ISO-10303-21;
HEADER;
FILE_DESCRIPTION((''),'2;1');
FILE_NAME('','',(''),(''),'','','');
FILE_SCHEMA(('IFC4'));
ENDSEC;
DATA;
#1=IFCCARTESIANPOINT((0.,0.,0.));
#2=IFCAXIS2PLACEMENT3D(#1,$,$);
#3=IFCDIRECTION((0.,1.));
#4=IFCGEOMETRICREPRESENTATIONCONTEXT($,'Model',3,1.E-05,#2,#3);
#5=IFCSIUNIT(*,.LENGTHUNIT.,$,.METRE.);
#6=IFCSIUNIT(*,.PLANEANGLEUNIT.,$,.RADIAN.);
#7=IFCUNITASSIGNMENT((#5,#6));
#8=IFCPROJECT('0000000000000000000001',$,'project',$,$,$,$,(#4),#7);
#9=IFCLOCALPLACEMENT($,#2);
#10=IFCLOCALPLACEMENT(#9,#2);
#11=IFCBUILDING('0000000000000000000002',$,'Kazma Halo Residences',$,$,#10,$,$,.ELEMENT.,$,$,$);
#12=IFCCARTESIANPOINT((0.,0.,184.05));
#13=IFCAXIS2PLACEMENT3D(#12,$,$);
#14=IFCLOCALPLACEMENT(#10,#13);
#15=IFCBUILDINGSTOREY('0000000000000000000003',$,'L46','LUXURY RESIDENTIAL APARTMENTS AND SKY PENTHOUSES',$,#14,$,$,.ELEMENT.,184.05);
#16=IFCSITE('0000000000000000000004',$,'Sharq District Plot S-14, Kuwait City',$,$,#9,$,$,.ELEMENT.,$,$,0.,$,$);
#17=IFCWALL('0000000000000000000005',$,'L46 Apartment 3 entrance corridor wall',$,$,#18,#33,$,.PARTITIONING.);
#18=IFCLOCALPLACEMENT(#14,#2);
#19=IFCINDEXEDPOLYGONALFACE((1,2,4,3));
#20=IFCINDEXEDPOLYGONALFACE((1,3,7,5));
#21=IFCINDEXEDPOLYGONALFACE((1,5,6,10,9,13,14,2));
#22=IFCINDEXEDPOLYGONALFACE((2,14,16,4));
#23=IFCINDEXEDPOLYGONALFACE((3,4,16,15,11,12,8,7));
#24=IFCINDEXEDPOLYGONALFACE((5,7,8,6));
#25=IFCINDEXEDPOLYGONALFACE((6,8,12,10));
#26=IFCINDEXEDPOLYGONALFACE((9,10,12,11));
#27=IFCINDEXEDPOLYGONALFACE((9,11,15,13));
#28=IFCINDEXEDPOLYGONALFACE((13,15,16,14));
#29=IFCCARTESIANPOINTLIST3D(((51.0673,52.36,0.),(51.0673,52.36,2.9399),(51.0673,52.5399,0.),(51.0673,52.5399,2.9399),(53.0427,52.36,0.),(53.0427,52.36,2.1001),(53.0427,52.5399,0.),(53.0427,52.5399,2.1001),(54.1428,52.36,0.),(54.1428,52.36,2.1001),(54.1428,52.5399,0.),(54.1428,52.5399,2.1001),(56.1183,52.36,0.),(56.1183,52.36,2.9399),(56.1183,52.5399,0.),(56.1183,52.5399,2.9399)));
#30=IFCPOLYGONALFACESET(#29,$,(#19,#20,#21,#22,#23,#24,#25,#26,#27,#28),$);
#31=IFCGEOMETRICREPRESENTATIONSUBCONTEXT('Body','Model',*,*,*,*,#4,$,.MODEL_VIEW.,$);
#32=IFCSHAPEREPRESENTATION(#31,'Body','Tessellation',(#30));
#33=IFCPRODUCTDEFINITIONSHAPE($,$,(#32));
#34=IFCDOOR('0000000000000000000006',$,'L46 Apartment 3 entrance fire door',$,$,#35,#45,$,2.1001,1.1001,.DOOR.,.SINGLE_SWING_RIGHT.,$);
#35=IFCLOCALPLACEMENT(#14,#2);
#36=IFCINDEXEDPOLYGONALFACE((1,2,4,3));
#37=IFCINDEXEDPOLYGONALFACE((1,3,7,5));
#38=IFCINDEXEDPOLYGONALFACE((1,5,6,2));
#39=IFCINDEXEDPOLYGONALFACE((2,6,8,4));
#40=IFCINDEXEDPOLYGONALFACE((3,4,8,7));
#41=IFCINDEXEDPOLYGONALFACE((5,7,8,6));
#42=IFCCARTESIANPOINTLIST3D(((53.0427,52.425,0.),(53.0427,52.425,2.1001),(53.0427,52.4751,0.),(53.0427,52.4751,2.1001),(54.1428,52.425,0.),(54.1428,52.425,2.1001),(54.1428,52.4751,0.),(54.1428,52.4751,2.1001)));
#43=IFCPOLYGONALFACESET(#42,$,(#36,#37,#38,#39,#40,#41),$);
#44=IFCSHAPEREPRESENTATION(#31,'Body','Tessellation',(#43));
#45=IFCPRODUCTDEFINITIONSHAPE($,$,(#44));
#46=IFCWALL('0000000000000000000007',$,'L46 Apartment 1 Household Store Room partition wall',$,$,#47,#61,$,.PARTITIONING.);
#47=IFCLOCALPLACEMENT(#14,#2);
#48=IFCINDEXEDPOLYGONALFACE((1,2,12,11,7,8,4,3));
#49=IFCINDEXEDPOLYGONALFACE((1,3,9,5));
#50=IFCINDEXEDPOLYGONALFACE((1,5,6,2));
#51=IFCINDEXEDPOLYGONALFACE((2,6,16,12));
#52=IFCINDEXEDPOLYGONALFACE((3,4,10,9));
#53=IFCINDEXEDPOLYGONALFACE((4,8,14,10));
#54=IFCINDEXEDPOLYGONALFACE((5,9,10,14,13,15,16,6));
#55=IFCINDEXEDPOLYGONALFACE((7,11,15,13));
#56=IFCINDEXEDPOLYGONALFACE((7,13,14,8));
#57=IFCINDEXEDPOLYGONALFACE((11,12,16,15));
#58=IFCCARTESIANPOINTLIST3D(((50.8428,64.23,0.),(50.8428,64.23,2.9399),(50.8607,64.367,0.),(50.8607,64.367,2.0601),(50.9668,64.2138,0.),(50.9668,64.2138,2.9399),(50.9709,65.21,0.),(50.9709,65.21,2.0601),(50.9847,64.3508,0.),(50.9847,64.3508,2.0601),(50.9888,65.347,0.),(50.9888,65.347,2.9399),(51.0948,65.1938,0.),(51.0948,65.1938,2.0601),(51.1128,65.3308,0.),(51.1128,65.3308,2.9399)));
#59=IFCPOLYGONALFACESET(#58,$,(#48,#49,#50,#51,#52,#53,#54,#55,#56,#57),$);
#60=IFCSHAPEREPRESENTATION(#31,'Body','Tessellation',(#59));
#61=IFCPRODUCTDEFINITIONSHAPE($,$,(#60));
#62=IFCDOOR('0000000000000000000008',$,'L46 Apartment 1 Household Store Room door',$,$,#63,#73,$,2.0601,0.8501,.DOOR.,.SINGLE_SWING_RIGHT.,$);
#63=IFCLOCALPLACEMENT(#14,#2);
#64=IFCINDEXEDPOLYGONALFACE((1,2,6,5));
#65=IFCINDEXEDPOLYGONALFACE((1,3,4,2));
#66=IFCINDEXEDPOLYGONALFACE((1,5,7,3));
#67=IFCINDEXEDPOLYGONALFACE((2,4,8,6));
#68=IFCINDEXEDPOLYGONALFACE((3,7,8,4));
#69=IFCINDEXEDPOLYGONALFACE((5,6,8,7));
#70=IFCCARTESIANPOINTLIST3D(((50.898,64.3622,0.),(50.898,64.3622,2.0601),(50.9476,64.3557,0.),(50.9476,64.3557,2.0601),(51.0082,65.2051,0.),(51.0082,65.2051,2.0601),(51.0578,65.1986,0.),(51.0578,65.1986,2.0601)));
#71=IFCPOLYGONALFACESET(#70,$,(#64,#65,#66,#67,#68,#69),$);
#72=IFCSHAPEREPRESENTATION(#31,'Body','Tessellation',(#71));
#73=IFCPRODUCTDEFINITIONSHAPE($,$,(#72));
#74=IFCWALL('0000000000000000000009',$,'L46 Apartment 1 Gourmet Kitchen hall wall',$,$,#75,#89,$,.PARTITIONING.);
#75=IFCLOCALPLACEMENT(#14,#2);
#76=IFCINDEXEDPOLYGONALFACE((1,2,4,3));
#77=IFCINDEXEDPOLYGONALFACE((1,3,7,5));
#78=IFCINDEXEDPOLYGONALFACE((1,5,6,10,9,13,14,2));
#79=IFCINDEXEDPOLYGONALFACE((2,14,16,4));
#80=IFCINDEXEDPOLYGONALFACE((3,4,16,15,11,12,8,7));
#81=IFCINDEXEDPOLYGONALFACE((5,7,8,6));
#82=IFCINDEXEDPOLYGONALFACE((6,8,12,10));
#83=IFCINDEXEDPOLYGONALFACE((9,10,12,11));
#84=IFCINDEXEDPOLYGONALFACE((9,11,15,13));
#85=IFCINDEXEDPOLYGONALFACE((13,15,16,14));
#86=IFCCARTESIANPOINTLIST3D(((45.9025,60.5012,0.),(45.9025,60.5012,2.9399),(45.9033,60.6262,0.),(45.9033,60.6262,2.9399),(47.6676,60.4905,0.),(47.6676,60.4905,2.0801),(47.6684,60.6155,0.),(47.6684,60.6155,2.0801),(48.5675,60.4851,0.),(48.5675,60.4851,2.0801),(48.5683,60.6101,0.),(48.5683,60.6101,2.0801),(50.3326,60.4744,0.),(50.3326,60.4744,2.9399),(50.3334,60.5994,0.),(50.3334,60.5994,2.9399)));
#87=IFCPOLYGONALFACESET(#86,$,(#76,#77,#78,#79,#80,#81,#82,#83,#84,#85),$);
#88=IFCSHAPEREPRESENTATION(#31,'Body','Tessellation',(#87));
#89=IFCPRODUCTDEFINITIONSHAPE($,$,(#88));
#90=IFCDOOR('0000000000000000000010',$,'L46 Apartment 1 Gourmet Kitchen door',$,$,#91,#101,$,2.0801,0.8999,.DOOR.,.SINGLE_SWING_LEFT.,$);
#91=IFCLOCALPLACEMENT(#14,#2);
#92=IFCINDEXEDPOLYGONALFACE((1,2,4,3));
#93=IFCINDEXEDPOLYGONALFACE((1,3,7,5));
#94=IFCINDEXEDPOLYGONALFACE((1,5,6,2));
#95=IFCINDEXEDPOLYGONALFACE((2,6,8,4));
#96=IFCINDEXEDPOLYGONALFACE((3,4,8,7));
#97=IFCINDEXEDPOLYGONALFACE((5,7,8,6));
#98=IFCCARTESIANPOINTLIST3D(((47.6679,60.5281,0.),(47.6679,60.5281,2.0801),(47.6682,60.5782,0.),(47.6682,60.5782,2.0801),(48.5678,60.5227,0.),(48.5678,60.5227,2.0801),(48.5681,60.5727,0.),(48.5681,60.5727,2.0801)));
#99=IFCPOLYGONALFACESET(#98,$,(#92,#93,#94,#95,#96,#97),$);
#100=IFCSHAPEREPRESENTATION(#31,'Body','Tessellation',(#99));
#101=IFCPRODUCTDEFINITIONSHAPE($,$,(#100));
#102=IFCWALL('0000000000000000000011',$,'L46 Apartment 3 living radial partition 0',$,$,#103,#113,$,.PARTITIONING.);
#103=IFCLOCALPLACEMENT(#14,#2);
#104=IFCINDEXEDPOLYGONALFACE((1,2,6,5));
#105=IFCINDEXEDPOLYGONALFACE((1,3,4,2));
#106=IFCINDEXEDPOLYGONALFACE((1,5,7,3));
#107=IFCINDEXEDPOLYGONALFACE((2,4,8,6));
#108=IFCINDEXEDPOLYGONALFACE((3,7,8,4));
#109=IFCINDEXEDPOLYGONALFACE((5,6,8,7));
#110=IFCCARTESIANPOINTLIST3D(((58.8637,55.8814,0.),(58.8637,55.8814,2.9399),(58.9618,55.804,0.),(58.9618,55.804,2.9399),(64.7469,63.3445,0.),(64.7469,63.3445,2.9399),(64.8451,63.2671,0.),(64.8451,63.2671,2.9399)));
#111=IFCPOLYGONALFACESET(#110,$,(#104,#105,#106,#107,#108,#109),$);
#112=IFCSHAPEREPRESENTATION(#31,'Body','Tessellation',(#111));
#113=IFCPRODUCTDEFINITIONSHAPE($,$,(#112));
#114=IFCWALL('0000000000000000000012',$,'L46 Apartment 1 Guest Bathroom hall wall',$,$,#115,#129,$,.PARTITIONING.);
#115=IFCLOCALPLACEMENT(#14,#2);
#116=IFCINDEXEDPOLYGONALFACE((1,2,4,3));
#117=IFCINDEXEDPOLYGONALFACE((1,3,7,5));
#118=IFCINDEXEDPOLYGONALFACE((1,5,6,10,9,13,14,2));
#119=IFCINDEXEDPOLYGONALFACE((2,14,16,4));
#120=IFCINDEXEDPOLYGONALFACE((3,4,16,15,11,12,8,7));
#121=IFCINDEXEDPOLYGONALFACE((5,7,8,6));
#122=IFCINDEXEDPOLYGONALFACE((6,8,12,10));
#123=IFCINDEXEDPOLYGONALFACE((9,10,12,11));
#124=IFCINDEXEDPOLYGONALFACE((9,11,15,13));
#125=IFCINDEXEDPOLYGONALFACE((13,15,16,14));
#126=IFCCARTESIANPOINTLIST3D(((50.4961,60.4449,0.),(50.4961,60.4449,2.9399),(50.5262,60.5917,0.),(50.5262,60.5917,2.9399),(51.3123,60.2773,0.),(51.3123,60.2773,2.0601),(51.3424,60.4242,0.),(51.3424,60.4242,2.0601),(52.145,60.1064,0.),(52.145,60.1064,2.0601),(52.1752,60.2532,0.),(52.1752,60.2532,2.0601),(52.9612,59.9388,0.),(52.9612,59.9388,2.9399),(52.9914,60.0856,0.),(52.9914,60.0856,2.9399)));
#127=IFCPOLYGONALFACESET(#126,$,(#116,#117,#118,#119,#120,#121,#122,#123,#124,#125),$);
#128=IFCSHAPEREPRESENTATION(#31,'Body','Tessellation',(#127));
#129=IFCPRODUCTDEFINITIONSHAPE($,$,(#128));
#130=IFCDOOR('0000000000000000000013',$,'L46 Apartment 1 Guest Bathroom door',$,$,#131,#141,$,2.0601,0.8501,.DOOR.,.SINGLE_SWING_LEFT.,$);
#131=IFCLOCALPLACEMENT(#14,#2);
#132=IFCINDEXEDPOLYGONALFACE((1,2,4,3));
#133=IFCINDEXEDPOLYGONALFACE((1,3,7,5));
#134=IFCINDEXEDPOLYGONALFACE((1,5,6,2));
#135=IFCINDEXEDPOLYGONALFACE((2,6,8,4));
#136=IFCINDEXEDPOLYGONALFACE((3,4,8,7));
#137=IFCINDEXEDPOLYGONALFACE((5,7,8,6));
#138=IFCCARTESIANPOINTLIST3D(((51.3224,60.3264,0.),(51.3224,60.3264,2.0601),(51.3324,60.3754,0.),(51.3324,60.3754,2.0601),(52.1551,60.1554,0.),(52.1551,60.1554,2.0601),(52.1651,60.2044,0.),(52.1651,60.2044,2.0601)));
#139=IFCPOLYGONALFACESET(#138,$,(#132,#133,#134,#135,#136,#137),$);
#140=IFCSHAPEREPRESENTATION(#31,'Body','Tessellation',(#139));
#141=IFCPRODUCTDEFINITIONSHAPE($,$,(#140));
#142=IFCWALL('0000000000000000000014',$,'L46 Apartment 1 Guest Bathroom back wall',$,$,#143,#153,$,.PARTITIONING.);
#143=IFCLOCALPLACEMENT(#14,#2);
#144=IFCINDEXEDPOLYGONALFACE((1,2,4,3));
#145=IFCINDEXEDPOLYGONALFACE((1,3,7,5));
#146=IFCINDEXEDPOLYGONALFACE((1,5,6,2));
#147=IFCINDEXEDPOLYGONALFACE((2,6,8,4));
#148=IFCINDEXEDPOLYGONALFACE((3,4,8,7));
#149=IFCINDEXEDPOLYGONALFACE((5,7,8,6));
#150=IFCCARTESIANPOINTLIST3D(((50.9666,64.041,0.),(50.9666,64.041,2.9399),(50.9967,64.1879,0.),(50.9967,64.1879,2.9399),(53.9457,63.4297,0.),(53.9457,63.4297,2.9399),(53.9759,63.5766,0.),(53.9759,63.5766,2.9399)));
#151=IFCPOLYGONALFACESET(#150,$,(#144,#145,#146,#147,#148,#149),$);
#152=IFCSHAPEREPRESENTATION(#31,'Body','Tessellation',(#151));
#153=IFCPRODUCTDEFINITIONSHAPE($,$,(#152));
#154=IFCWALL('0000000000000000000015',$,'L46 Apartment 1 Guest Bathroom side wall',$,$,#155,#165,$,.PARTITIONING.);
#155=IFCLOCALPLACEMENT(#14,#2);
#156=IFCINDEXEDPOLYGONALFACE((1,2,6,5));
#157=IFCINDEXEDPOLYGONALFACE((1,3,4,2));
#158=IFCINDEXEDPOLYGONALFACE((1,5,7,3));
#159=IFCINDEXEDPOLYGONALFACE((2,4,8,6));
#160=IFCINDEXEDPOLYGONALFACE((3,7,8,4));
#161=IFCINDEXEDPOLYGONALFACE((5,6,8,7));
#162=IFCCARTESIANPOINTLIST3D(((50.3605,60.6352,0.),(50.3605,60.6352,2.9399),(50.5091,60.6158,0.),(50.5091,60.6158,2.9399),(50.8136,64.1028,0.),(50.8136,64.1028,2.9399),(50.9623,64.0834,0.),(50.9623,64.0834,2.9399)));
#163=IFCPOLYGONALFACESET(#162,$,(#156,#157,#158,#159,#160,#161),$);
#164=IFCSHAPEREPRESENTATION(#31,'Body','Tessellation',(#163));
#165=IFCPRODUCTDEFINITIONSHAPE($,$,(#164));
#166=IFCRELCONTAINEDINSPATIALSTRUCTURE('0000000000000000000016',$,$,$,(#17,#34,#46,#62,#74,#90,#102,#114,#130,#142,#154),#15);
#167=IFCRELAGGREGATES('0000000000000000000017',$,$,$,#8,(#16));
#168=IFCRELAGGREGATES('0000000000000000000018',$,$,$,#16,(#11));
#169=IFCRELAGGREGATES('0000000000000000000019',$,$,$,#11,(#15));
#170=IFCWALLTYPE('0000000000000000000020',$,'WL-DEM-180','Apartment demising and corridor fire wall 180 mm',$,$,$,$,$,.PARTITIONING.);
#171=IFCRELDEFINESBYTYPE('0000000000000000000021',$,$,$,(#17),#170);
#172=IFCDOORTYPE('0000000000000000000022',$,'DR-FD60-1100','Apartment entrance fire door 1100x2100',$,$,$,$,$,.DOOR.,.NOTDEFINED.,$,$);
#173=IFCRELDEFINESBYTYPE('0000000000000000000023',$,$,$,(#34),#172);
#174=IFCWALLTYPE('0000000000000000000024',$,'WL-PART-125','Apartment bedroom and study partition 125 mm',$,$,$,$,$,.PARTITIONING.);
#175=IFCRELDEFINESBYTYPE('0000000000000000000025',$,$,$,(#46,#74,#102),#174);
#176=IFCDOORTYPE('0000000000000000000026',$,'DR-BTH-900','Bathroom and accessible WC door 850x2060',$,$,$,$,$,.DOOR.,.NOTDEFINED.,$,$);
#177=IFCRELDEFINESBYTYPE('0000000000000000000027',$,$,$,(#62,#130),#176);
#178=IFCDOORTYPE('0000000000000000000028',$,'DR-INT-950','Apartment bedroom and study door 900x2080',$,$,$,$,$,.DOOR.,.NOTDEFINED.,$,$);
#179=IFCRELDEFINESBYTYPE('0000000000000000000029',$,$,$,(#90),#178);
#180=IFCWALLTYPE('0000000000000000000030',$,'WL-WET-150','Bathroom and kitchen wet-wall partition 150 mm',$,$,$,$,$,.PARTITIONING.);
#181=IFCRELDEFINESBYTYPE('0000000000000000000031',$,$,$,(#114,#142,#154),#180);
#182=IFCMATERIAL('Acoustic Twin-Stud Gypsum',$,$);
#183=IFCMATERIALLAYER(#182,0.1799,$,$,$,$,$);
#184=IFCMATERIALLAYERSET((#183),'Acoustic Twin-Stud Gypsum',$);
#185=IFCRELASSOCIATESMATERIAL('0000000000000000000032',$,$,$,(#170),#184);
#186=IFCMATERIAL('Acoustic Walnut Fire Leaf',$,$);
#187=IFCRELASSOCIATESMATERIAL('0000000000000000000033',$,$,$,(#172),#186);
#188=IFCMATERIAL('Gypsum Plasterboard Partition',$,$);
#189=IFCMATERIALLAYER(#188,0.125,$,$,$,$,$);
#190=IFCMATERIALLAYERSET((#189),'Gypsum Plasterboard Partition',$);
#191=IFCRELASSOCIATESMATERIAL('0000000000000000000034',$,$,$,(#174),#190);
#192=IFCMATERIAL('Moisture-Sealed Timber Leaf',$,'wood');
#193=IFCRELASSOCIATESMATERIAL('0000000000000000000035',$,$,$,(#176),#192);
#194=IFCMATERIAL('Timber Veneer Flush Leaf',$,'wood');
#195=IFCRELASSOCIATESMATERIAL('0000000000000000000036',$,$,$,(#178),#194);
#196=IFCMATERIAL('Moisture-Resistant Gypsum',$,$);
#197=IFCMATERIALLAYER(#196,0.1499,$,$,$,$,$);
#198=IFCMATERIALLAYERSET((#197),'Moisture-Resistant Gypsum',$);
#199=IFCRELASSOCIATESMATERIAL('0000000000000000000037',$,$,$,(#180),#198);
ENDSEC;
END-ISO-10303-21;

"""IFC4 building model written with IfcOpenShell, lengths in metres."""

from ifc_helpers import new_model, si_unit, direction, frame, frame_2d, origin, place, context, subcontext, project, spatial, rectangle, extrude, material, layer, layer_set, type_object, element, fill, save


model = new_model("IFC4")

# Units and contexts
model_context = context("Model", 3, precision=1e-05, world=origin(), true_north=direction((0.0, 1.0)))
body_context = subcontext(model_context, "Body", "Model", "MODEL_VIEW")
ifc_project = project(units=[si_unit("LENGTHUNIT", "METRE"), si_unit("PLANEANGLEUNIT", "RADIAN")], contexts=[model_context])

# Site, building, storey
site_placement = place(None, origin())
site = spatial("IfcSite", under=ifc_project, at=site_placement, Name="Sharq District Plot S-14, Kuwait City", CompositionType="ELEMENT", RefElevation=0.0)
building_placement = place(site_placement, origin())
building = spatial("IfcBuilding", under=site, at=building_placement, Name="Kazma Halo Residences", CompositionType="ELEMENT")
storey_placement = place(building_placement, frame((0.0, 0.0, 184.05)))
storey = spatial("IfcBuildingStorey", under=building, at=storey_placement, Name="L46", Description="LUXURY RESIDENTIAL APARTMENTS AND SKY PENTHOUSES", CompositionType="ELEMENT", Elevation=184.05)

# Shared definitions
ifc_material_1 = material(Name="Acoustic Twin-Stud Gypsum")
ifc_layer_1 = layer(ifc_material_1, 0.1799)
ifc_layer_set_1 = layer_set([ifc_layer_1], Name="Acoustic Twin-Stud Gypsum")
wall_type_1 = type_object("IfcWallType", Name="WL-DEM-180", Description="Apartment demising and corridor fire wall 180 mm", PredefinedType="PARTITIONING", material=ifc_layer_set_1)

# Walls, openings, doors
wall_1_placement = place(storey_placement, frame((56.1182, 52.45, 0.0), z_axis=(0.0, 0.0, 1.0), x_axis=(-1.0, 0.0, 0.0)))
wall_1 = element("IfcWall", 1, at=wall_1_placement, inside=storey, type_object=wall_type_1, Name="L46 Apartment 3 entrance corridor wall", PredefinedType="PARTITIONING", context=body_context, shape_type="SweptSolid", body=[
    extrude(rectangle(XDim=5.051, YDim=0.1799, at=frame_2d((2.5254, 0.0))), origin(), (0.0, 0.0, 1.0), 2.9399),
])
opening_1_placement = place(wall_1_placement, frame((1.9753, 0.0, 0.0)))
opening_1 = element("IfcOpeningElement", 2, at=opening_1_placement, cuts=wall_1, PredefinedType="OPENING", context=body_context, shape_type="SweptSolid", body=[
    extrude(rectangle(XDim=1.1001, YDim=2.1001, at=frame_2d((0.55, 1.05))), frame((0.0, 0.0999, 0.0), z_axis=(0.0, -1.0, 0.0), x_axis=(1.0, 0.0, 0.0)), (0.0, 0.0, 1.0), 0.2),
])
ifc_material_2 = material(Name="Acoustic Walnut Fire Leaf")
door_type_1 = type_object("IfcDoorType", Name="DR-FD60-1100", Description="Apartment entrance fire door 1100x2100", OperationType="NOTDEFINED", PredefinedType="DOOR", material=ifc_material_2)
door_1_placement = place(opening_1_placement, origin())
door_1 = element("IfcDoor", 3, at=door_1_placement, inside=storey, type_object=door_type_1, Name="L46 Apartment 3 entrance fire door", OperationType="SINGLE_SWING_RIGHT", OverallHeight=2.1001, OverallWidth=1.1001, PredefinedType="DOOR", context=body_context, shape_type="SweptSolid", body=[
    extrude(rectangle(XDim=1.1001, YDim=2.1001, at=frame_2d((0.55, 1.05))), frame((0.0, 0.0249, 0.0), z_axis=(0.0, -1.0, 0.0), x_axis=(1.0, 0.0, 0.0)), (0.0, 0.0, 1.0), 0.05),
])
fill(opening_1, door_1)
ifc_material_3 = material(Name="Gypsum Plasterboard Partition")
ifc_layer_2 = layer(ifc_material_3, 0.125)
ifc_layer_set_2 = layer_set([ifc_layer_2], Name="Gypsum Plasterboard Partition")
wall_type_2 = type_object("IfcWallType", Name="WL-PART-125", Description="Apartment bedroom and study partition 125 mm", PredefinedType="PARTITIONING", material=ifc_layer_set_2)
wall_2_placement = place(storey_placement, frame((50.9048, 64.2219, 0.0), z_axis=(0.0, 0.0, 1.0), x_axis=(0.129608, 0.991565, 0.0)))
wall_2 = element("IfcWall", 4, at=wall_2_placement, inside=storey, type_object=wall_type_2, Name="L46 Apartment 1 Household Store Room partition wall", PredefinedType="PARTITIONING", context=body_context, shape_type="SweptSolid", body=[
    extrude(rectangle(XDim=1.1265, YDim=0.125, at=frame_2d((0.5632, 0.0))), origin(), (0.0, 0.0, 1.0), 2.9399),
])
opening_2_placement = place(wall_2_placement, frame((0.1382, 0.0, 0.0)))
opening_2 = element("IfcOpeningElement", 5, at=opening_2_placement, cuts=wall_2, PredefinedType="OPENING", context=body_context, shape_type="SweptSolid", body=[
    extrude(rectangle(XDim=0.8501, YDim=2.0601, at=frame_2d((0.425, 1.03))), frame((0.0, 0.0725, 0.0), z_axis=(0.0, -1.0, 0.0), x_axis=(1.0, 0.0, 0.0)), (0.0, 0.0, 1.0), 0.145),
])
ifc_material_4 = material(Name="Moisture-Sealed Timber Leaf", Category="wood")
door_type_2 = type_object("IfcDoorType", Name="DR-BTH-900", Description="Bathroom and accessible WC door 850x2060", OperationType="NOTDEFINED", PredefinedType="DOOR", material=ifc_material_4)
door_2_placement = place(opening_2_placement, origin())
door_2 = element("IfcDoor", 6, at=door_2_placement, inside=storey, type_object=door_type_2, Name="L46 Apartment 1 Household Store Room door", OperationType="SINGLE_SWING_RIGHT", OverallHeight=2.0601, OverallWidth=0.8501, PredefinedType="DOOR", context=body_context, shape_type="SweptSolid", body=[
    extrude(rectangle(XDim=0.8501, YDim=2.0601, at=frame_2d((0.425, 1.03))), frame((0.0, 0.0249, 0.0), z_axis=(0.0, -1.0, 0.0), x_axis=(1.0, 0.0, 0.0)), (0.0, 0.0, 1.0), 0.05),
])
fill(opening_2, door_2)
wall_3_placement = place(storey_placement, frame((50.333, 60.5369, 0.0), z_axis=(0.0, 0.0, 1.0), x_axis=(-0.999982, 0.006062, 0.0)))
wall_3 = element("IfcWall", 7, at=wall_3_placement, inside=storey, type_object=wall_type_2, Name="L46 Apartment 1 Gourmet Kitchen hall wall", PredefinedType="PARTITIONING", context=body_context, shape_type="SweptSolid", body=[
    extrude(rectangle(XDim=4.4302, YDim=0.125, at=frame_2d((2.2151, 0.0))), origin(), (0.0, 0.0, 1.0), 2.9399),
])
opening_3_placement = place(wall_3_placement, frame((1.7651, 0.0, 0.0)))
opening_3 = element("IfcOpeningElement", 8, at=opening_3_placement, cuts=wall_3, PredefinedType="OPENING", context=body_context, shape_type="SweptSolid", body=[
    extrude(rectangle(XDim=0.8999, YDim=2.0801, at=frame_2d((0.45, 1.04))), frame((0.0, 0.0725, 0.0), z_axis=(0.0, -1.0, 0.0), x_axis=(1.0, 0.0, 0.0)), (0.0, 0.0, 1.0), 0.145),
])
ifc_material_5 = material(Name="Timber Veneer Flush Leaf", Category="wood")
door_type_3 = type_object("IfcDoorType", Name="DR-INT-950", Description="Apartment bedroom and study door 900x2080", OperationType="NOTDEFINED", PredefinedType="DOOR", material=ifc_material_5)
door_3_placement = place(opening_3_placement, origin())
door_3 = element("IfcDoor", 9, at=door_3_placement, inside=storey, type_object=door_type_3, Name="L46 Apartment 1 Gourmet Kitchen door", OperationType="SINGLE_SWING_LEFT", OverallHeight=2.0801, OverallWidth=0.8999, PredefinedType="DOOR", context=body_context, shape_type="SweptSolid", body=[
    extrude(rectangle(XDim=0.8999, YDim=2.0801, at=frame_2d((0.45, 1.04))), frame((0.0, 0.0249, 0.0), z_axis=(0.0, -1.0, 0.0), x_axis=(1.0, 0.0, 0.0)), (0.0, 0.0, 1.0), 0.05),
])
fill(opening_3, door_3)

# Wall
wall_4_placement = place(storey_placement, frame((58.9128, 55.8428, 0.0), z_axis=(0.0, 0.0, 1.0), x_axis=(0.619084, 0.785325, 0.0)))
element("IfcWall", 10, at=wall_4_placement, inside=storey, type_object=wall_type_2, Name="L46 Apartment 3 living radial partition 0", PredefinedType="PARTITIONING", context=body_context, shape_type="SweptSolid", body=[
    extrude(rectangle(XDim=9.5032, YDim=0.125, at=frame_2d((4.7515, 0.0))), origin(), (0.0, 0.0, 1.0), 2.9399),
])

# Wall, opening, door
ifc_material_6 = material(Name="Moisture-Resistant Gypsum")
ifc_layer_3 = layer(ifc_material_6, 0.1499)
ifc_layer_set_3 = layer_set([ifc_layer_3], Name="Moisture-Resistant Gypsum")
wall_type_3 = type_object("IfcWallType", Name="WL-WET-150", Description="Bathroom and kitchen wet-wall partition 150 mm", PredefinedType="PARTITIONING", material=ifc_layer_set_3)
wall_5_placement = place(storey_placement, frame((52.9763, 60.0122, 0.0), z_axis=(0.0, 0.0, 1.0), x_axis=(-0.979568, 0.201114, 0.0)))
wall_5 = element("IfcWall", 11, at=wall_5_placement, inside=storey, type_object=wall_type_3, Name="L46 Apartment 1 Guest Bathroom hall wall", PredefinedType="PARTITIONING", context=body_context, shape_type="SweptSolid", body=[
    extrude(rectangle(XDim=2.5166, YDim=0.1499, at=frame_2d((1.2583, 0.0))), origin(), (0.0, 0.0, 1.0), 2.9399),
])
opening_4_placement = place(wall_5_placement, frame((0.8333, 0.0, 0.0)))
opening_4 = element("IfcOpeningElement", 12, at=opening_4_placement, cuts=wall_5, PredefinedType="OPENING", context=body_context, shape_type="SweptSolid", body=[
    extrude(rectangle(XDim=0.8501, YDim=2.0601, at=frame_2d((0.425, 1.03))), frame((0.0, 0.085, 0.0), z_axis=(0.0, -1.0, 0.0), x_axis=(1.0, 0.0, 0.0)), (0.0, 0.0, 1.0), 0.1699),
])
door_4_placement = place(opening_4_placement, origin())
door_4 = element("IfcDoor", 13, at=door_4_placement, inside=storey, type_object=door_type_2, Name="L46 Apartment 1 Guest Bathroom door", OperationType="SINGLE_SWING_LEFT", OverallHeight=2.0601, OverallWidth=0.8501, PredefinedType="DOOR", context=body_context, shape_type="SweptSolid", body=[
    extrude(rectangle(XDim=0.8501, YDim=2.0601, at=frame_2d((0.425, 1.03))), frame((0.0, 0.0249, 0.0), z_axis=(0.0, -1.0, 0.0), x_axis=(1.0, 0.0, 0.0)), (0.0, 0.0, 1.0), 0.05),
])
fill(opening_4, door_4)

# Walls
wall_6_placement = place(storey_placement, frame((53.9607, 63.5032, 0.0), z_axis=(0.0, 0.0, 1.0), x_axis=(-0.97959, 0.201007, 0.0)))
element("IfcWall", 14, at=wall_6_placement, inside=storey, type_object=wall_type_3, Name="L46 Apartment 1 Guest Bathroom back wall", PredefinedType="PARTITIONING", context=body_context, shape_type="SweptSolid", body=[
    extrude(rectangle(XDim=3.0413, YDim=0.1499, at=frame_2d((1.5205, 0.0))), origin(), (0.0, 0.0, 1.0), 2.9399),
])
wall_7_placement = place(storey_placement, frame((50.4348, 60.6255, 0.0), z_axis=(0.0, 0.0, 1.0), x_axis=(0.129575, 0.99157, 0.0)))
element("IfcWall", 15, at=wall_7_placement, inside=storey, type_object=wall_type_3, Name="L46 Apartment 1 Guest Bathroom side wall", PredefinedType="PARTITIONING", context=body_context, shape_type="SweptSolid", body=[
    extrude(rectangle(XDim=3.4971, YDim=0.1499, at=frame_2d((1.7485, 0.0))), origin(), (0.0, 0.0, 1.0), 2.9399),
])

save(model, "model.ifc")
